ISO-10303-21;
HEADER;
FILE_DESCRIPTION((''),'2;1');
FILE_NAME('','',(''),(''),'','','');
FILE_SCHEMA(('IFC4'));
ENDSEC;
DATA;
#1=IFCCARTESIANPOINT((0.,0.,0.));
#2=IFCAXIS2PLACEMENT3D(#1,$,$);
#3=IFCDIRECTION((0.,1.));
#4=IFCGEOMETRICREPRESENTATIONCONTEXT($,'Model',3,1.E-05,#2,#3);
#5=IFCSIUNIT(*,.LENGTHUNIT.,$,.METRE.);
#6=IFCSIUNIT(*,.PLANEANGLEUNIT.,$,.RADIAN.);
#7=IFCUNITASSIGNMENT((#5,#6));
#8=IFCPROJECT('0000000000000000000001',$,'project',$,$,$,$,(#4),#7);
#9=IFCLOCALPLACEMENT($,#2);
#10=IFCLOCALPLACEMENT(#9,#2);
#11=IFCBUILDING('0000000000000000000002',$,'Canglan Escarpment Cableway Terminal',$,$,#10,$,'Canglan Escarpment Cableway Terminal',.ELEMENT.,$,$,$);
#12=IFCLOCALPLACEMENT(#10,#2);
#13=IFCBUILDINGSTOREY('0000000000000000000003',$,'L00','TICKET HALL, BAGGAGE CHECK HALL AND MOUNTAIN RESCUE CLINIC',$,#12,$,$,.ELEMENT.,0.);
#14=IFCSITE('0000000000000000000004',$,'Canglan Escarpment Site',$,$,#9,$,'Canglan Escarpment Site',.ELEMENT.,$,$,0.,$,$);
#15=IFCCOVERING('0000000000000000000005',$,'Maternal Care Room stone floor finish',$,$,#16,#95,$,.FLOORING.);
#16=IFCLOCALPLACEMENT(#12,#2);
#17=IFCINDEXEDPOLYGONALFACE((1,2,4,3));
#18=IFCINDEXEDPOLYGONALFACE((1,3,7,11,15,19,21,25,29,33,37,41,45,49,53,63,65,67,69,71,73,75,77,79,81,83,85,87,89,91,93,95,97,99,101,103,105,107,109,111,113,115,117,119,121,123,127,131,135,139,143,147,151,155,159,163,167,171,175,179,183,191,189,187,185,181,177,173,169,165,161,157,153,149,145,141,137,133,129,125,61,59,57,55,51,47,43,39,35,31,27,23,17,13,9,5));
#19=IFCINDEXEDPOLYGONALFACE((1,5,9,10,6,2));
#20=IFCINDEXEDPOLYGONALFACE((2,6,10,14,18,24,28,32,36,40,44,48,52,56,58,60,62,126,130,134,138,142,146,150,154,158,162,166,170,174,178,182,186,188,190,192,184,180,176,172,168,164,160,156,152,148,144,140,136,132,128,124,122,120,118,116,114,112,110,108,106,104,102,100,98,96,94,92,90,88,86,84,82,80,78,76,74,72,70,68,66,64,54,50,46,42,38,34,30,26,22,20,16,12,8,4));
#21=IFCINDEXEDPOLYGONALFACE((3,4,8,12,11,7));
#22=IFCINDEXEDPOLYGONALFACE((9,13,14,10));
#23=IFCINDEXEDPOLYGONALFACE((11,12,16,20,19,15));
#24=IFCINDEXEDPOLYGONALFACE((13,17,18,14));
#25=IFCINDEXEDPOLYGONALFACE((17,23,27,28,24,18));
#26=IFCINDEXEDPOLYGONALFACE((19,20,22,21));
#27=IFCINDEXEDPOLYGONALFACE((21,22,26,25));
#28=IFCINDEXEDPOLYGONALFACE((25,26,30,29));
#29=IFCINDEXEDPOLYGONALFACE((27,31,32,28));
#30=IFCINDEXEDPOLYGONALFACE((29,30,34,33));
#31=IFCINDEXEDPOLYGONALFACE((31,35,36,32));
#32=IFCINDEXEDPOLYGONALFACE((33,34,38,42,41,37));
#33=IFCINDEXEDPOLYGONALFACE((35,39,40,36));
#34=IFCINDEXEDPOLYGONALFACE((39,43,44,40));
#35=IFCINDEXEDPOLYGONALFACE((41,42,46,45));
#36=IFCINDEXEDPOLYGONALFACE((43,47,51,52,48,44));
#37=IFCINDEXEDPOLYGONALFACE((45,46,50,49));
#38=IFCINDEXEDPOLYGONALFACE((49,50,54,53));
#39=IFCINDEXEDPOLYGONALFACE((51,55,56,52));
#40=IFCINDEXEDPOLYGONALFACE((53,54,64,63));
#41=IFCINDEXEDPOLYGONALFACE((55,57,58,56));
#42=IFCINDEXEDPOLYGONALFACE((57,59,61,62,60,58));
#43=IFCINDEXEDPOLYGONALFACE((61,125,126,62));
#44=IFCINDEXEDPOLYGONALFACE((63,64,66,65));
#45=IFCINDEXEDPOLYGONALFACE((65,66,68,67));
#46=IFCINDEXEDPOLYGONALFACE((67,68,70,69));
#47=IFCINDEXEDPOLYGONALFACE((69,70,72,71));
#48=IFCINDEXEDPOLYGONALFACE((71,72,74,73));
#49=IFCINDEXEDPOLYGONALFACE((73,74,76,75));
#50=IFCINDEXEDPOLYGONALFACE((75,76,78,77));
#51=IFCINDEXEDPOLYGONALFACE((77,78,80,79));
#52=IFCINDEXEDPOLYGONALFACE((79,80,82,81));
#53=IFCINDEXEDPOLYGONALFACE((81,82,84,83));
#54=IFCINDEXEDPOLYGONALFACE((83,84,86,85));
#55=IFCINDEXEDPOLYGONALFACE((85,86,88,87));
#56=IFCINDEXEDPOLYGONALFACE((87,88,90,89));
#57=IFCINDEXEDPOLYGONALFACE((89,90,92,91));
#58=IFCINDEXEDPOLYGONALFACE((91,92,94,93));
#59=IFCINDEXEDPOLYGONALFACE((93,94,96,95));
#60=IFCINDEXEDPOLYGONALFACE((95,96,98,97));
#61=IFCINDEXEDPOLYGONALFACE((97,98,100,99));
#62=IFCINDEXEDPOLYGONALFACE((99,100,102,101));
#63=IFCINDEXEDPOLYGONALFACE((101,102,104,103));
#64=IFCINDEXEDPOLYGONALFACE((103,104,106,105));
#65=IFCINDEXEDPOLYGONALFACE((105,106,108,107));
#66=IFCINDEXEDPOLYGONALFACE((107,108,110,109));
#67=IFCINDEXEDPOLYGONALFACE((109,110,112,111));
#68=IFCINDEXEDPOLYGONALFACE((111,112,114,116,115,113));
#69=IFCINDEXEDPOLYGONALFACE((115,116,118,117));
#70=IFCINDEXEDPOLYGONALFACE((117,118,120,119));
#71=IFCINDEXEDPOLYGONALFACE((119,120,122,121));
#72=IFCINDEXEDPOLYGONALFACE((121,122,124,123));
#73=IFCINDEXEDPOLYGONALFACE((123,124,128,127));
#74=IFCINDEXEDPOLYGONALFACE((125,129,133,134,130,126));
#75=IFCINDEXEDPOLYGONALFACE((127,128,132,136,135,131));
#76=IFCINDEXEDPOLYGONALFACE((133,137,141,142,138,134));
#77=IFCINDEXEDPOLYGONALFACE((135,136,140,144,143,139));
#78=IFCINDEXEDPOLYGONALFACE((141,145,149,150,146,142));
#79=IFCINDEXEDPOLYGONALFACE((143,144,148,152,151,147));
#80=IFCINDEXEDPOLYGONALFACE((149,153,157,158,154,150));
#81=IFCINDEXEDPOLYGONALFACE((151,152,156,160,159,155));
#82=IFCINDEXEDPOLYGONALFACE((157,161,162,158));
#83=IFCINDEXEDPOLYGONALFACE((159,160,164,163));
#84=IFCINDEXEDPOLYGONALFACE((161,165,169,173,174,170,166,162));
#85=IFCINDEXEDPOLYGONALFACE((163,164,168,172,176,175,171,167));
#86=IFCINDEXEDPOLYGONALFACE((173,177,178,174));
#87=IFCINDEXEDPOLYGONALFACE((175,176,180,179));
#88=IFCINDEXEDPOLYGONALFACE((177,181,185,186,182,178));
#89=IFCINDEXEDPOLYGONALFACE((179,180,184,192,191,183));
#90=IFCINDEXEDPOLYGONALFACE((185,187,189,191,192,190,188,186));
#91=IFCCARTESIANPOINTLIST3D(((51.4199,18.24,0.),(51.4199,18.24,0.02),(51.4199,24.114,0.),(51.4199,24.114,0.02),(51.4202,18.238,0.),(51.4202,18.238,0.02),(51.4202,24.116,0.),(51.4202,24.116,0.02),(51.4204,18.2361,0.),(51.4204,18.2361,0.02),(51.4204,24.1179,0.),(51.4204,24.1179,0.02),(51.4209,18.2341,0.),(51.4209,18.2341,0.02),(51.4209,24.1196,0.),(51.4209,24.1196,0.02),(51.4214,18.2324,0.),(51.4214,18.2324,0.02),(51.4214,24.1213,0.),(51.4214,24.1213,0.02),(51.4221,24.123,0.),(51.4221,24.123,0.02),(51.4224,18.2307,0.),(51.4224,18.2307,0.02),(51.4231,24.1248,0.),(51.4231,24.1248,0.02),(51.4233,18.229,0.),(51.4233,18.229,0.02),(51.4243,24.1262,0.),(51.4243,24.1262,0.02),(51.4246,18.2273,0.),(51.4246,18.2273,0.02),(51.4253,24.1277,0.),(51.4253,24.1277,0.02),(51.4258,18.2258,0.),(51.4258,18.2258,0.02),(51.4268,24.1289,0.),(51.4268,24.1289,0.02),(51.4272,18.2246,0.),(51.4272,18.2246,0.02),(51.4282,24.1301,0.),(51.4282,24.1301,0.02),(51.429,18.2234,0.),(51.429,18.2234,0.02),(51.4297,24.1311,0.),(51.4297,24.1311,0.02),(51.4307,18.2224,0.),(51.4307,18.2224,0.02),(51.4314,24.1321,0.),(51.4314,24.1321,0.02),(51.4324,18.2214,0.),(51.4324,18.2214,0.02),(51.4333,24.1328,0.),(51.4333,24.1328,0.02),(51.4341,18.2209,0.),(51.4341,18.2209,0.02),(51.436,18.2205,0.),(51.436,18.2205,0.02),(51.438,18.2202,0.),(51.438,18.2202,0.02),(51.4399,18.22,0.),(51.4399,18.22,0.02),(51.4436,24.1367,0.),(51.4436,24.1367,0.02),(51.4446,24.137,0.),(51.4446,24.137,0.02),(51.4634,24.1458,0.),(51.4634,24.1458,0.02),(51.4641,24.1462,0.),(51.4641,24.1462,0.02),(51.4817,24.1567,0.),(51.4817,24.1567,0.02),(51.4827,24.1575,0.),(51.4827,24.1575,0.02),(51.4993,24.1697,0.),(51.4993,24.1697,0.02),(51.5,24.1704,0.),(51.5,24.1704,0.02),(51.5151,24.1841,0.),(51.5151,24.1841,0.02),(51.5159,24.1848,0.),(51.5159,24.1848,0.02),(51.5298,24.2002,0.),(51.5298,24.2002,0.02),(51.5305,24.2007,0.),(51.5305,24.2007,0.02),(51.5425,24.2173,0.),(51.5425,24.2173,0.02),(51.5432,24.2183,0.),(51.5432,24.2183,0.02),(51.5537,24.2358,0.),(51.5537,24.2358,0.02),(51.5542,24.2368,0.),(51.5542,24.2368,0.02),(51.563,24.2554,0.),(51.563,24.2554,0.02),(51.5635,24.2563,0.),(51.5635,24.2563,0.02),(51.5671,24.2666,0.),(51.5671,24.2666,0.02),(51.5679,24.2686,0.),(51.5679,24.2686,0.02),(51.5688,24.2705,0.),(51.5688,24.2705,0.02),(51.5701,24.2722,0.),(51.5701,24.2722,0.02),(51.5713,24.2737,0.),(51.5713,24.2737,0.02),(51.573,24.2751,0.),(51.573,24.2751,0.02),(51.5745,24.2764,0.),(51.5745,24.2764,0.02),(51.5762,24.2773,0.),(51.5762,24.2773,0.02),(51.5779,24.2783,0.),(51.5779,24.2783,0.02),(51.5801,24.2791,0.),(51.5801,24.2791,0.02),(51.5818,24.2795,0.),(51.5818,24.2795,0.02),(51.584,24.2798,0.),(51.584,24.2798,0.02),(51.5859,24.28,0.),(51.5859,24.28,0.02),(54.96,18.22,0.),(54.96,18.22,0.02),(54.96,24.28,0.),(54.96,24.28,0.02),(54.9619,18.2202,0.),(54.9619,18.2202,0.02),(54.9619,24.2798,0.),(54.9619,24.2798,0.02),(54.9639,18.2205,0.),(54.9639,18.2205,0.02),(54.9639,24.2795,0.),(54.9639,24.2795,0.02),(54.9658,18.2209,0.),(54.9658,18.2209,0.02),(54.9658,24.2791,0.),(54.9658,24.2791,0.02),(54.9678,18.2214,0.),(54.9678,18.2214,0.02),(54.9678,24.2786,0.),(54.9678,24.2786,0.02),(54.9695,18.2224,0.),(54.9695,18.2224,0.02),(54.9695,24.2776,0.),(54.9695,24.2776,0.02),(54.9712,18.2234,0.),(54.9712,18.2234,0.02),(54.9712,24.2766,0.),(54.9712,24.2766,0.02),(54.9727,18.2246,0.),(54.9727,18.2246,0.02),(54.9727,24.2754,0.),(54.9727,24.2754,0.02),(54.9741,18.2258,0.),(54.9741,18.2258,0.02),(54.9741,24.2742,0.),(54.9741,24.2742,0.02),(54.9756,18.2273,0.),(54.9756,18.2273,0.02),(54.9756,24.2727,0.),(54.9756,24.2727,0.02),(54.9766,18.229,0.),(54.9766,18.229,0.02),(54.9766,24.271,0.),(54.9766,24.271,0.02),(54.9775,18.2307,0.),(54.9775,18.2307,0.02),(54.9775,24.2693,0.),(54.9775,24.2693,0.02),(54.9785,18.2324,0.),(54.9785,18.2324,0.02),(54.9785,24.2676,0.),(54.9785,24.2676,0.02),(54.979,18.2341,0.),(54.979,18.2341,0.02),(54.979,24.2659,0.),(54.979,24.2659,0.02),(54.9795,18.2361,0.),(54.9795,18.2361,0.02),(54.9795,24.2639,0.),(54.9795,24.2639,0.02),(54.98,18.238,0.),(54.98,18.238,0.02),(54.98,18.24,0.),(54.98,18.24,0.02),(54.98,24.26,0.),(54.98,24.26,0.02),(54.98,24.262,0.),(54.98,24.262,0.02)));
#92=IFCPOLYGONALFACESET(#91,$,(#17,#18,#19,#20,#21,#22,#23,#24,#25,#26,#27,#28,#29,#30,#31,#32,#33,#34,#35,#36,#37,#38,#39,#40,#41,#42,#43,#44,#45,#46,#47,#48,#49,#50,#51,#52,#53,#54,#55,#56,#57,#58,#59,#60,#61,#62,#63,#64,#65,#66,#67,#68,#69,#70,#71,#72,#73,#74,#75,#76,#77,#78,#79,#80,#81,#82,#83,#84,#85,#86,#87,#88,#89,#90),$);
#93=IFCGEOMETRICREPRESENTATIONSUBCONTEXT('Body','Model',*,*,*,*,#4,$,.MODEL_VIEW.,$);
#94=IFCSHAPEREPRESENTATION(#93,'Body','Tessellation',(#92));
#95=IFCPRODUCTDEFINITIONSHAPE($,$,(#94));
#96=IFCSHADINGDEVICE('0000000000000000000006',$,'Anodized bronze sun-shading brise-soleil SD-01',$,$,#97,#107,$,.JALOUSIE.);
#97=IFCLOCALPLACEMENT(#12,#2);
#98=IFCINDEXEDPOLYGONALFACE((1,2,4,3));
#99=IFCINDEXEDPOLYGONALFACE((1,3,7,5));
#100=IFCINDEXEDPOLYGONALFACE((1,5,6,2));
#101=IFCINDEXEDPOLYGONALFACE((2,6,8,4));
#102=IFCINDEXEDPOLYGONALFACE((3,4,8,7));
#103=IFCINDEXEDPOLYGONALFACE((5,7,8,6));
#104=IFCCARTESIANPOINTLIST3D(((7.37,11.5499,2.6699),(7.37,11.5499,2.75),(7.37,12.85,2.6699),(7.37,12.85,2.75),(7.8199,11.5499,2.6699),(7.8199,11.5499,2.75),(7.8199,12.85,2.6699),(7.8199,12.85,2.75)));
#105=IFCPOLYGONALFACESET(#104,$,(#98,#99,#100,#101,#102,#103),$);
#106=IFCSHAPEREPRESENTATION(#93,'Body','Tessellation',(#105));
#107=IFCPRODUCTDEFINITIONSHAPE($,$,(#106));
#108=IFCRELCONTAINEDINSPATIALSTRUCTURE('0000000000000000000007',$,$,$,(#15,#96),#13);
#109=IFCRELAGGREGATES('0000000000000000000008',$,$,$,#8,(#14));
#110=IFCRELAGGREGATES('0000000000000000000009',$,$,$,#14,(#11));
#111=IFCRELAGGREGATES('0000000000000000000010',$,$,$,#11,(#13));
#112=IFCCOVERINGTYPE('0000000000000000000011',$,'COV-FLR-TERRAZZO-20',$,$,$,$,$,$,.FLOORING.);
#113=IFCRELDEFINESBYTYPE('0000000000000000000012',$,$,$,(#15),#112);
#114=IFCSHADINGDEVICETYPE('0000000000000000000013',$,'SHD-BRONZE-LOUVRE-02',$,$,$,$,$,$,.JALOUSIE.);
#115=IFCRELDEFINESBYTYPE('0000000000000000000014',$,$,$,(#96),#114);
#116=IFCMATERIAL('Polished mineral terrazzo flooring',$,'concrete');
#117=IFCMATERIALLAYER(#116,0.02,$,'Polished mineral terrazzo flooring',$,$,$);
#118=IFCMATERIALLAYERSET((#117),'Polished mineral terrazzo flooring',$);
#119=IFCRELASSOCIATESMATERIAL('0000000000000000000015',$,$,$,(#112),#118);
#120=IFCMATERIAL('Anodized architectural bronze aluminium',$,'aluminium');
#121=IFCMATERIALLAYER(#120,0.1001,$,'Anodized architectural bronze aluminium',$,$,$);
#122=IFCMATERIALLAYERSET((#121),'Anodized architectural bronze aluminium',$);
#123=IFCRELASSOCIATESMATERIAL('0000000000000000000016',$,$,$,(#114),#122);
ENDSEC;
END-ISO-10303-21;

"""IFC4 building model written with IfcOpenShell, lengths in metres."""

from ifc_helpers import new_model, si_unit, direction, frame, origin, origin_2d, place, context, subcontext, project, spatial, polyline, rectangle, outline, extrude, material, layer, layer_set, type_object, element, save


model = new_model("IFC4")

# Units and contexts
model_context = context("Model", 3, precision=1e-05, world=origin(), true_north=direction((0.0, 1.0)))
body_context = subcontext(model_context, "Body", "Model", "MODEL_VIEW")
ifc_project = project(units=[si_unit("LENGTHUNIT", "METRE"), si_unit("PLANEANGLEUNIT", "RADIAN")], contexts=[model_context])

# Site, building, storey
site_placement = place(None, origin())
site = spatial("IfcSite", under=ifc_project, at=site_placement, Name="Canglan Escarpment Site", LongName="Canglan Escarpment Site", CompositionType="ELEMENT", RefElevation=0.0)
building_placement = place(site_placement, origin())
building = spatial("IfcBuilding", under=site, at=building_placement, Name="Canglan Escarpment Cableway Terminal", LongName="Canglan Escarpment Cableway Terminal", CompositionType="ELEMENT")
storey_placement = place(building_placement, origin())
storey = spatial("IfcBuildingStorey", under=building, at=storey_placement, Name="L00", Description="TICKET HALL, BAGGAGE CHECK HALL AND MOUNTAIN RESCUE CLINIC", CompositionType="ELEMENT", Elevation=0.0)

# Covering
ifc_material_1 = material(Name="Polished mineral terrazzo flooring", Category="concrete")
ifc_layer_1 = layer(ifc_material_1, 0.02, Name="Polished mineral terrazzo flooring")
ifc_layer_set_1 = layer_set([ifc_layer_1], Name="Polished mineral terrazzo flooring")
covering_type_1 = type_object("IfcCoveringType", Name="COV-FLR-TERRAZZO-20", PredefinedType="FLOORING", material=ifc_layer_set_1)
covering_1_placement = place(storey_placement, origin())
element("IfcCovering", 1, at=covering_1_placement, inside=storey, type_object=covering_type_1, Name="Maternal Care Room stone floor finish", PredefinedType="FLOORING", context=body_context, shape_type="SweptSolid", body=[
    extrude(outline(polyline([(51.4199, 24.114), (51.4202, 24.116), (51.4204, 24.1179), (51.4209, 24.1196), (51.4214, 24.1213), (51.4221, 24.123), (51.4231, 24.1248), (51.4243, 24.1262), (51.4253, 24.1277), (51.4268, 24.1289), (51.4282, 24.1301), (51.4297, 24.1311), (51.4314, 24.1321), (51.4333, 24.1328), (51.4436, 24.1367), (51.4446, 24.137), (51.4634, 24.1458), (51.4641, 24.1462), (51.4817, 24.1567), (51.4827, 24.1575), (51.4993, 24.1697), (51.5, 24.1704), (51.5151, 24.1841), (51.5159, 24.1848), (51.5298, 24.2002), (51.5305, 24.2007), (51.5425, 24.2173), (51.5432, 24.2183), (51.5537, 24.2358), (51.5542, 24.2368), (51.563, 24.2554), (51.5635, 24.2563), (51.5671, 24.2666), (51.5679, 24.2686), (51.5688, 24.2705), (51.5701, 24.2722), (51.5713, 24.2737), (51.573, 24.2751), (51.5745, 24.2764), (51.5762, 24.2773), (51.5779, 24.2783), (51.5801, 24.2791), (51.5818, 24.2795), (51.584, 24.2798), (51.5859, 24.28), (54.96, 24.28), (54.9619, 24.2798), (54.9639, 24.2795), (54.9658, 24.2791), (54.9678, 24.2786), (54.9695, 24.2776), (54.9712, 24.2766), (54.9727, 24.2754), (54.9741, 24.2742), (54.9756, 24.2727), (54.9766, 24.271), (54.9775, 24.2693), (54.9785, 24.2676), (54.979, 24.2659), (54.9795, 24.2639), (54.98, 24.262), (54.98, 24.26), (54.98, 18.24), (54.98, 18.238), (54.9795, 18.2361), (54.979, 18.2341), (54.9785, 18.2324), (54.9775, 18.2307), (54.9766, 18.229), (54.9756, 18.2273), (54.9741, 18.2258), (54.9727, 18.2246), (54.9712, 18.2234), (54.9695, 18.2224), (54.9678, 18.2214), (54.9658, 18.2209), (54.9639, 18.2205), (54.9619, 18.2202), (54.96, 18.22), (51.4399, 18.22), (51.438, 18.2202), (51.436, 18.2205), (51.4341, 18.2209), (51.4324, 18.2214), (51.4307, 18.2224), (51.429, 18.2234), (51.4272, 18.2246), (51.4258, 18.2258), (51.4246, 18.2273), (51.4233, 18.229), (51.4224, 18.2307), (51.4214, 18.2324), (51.4209, 18.2341), (51.4204, 18.2361), (51.4202, 18.238), (51.4199, 18.24), (51.4199, 24.114)])), origin(), (0.0, 0.0, 1.0), 0.02),
])

# Shading device
ifc_material_2 = material(Name="Anodized architectural bronze aluminium", Category="aluminium")
ifc_layer_2 = layer(ifc_material_2, 0.1001, Name="Anodized architectural bronze aluminium")
ifc_layer_set_2 = layer_set([ifc_layer_2], Name="Anodized architectural bronze aluminium")
shading_device_type = type_object("IfcShadingDeviceType", Name="SHD-BRONZE-LOUVRE-02", PredefinedType="JALOUSIE", material=ifc_layer_set_2)
shading_device_placement = place(storey_placement, frame((7.595, 12.2, 2.6699), z_axis=(0.0, 0.0, 1.0), x_axis=(0.0, -1.0, 0.0)))
element("IfcShadingDevice", 2, at=shading_device_placement, inside=storey, type_object=shading_device_type, Name="Anodized bronze sun-shading brise-soleil SD-01", PredefinedType="JALOUSIE", context=body_context, shape_type="SweptSolid", body=[
    extrude(rectangle(XDim=1.3, YDim=0.45, at=origin_2d()), origin(), (0.0, 0.0, 1.0), 0.0801),
])

save(model, "model.ifc")
